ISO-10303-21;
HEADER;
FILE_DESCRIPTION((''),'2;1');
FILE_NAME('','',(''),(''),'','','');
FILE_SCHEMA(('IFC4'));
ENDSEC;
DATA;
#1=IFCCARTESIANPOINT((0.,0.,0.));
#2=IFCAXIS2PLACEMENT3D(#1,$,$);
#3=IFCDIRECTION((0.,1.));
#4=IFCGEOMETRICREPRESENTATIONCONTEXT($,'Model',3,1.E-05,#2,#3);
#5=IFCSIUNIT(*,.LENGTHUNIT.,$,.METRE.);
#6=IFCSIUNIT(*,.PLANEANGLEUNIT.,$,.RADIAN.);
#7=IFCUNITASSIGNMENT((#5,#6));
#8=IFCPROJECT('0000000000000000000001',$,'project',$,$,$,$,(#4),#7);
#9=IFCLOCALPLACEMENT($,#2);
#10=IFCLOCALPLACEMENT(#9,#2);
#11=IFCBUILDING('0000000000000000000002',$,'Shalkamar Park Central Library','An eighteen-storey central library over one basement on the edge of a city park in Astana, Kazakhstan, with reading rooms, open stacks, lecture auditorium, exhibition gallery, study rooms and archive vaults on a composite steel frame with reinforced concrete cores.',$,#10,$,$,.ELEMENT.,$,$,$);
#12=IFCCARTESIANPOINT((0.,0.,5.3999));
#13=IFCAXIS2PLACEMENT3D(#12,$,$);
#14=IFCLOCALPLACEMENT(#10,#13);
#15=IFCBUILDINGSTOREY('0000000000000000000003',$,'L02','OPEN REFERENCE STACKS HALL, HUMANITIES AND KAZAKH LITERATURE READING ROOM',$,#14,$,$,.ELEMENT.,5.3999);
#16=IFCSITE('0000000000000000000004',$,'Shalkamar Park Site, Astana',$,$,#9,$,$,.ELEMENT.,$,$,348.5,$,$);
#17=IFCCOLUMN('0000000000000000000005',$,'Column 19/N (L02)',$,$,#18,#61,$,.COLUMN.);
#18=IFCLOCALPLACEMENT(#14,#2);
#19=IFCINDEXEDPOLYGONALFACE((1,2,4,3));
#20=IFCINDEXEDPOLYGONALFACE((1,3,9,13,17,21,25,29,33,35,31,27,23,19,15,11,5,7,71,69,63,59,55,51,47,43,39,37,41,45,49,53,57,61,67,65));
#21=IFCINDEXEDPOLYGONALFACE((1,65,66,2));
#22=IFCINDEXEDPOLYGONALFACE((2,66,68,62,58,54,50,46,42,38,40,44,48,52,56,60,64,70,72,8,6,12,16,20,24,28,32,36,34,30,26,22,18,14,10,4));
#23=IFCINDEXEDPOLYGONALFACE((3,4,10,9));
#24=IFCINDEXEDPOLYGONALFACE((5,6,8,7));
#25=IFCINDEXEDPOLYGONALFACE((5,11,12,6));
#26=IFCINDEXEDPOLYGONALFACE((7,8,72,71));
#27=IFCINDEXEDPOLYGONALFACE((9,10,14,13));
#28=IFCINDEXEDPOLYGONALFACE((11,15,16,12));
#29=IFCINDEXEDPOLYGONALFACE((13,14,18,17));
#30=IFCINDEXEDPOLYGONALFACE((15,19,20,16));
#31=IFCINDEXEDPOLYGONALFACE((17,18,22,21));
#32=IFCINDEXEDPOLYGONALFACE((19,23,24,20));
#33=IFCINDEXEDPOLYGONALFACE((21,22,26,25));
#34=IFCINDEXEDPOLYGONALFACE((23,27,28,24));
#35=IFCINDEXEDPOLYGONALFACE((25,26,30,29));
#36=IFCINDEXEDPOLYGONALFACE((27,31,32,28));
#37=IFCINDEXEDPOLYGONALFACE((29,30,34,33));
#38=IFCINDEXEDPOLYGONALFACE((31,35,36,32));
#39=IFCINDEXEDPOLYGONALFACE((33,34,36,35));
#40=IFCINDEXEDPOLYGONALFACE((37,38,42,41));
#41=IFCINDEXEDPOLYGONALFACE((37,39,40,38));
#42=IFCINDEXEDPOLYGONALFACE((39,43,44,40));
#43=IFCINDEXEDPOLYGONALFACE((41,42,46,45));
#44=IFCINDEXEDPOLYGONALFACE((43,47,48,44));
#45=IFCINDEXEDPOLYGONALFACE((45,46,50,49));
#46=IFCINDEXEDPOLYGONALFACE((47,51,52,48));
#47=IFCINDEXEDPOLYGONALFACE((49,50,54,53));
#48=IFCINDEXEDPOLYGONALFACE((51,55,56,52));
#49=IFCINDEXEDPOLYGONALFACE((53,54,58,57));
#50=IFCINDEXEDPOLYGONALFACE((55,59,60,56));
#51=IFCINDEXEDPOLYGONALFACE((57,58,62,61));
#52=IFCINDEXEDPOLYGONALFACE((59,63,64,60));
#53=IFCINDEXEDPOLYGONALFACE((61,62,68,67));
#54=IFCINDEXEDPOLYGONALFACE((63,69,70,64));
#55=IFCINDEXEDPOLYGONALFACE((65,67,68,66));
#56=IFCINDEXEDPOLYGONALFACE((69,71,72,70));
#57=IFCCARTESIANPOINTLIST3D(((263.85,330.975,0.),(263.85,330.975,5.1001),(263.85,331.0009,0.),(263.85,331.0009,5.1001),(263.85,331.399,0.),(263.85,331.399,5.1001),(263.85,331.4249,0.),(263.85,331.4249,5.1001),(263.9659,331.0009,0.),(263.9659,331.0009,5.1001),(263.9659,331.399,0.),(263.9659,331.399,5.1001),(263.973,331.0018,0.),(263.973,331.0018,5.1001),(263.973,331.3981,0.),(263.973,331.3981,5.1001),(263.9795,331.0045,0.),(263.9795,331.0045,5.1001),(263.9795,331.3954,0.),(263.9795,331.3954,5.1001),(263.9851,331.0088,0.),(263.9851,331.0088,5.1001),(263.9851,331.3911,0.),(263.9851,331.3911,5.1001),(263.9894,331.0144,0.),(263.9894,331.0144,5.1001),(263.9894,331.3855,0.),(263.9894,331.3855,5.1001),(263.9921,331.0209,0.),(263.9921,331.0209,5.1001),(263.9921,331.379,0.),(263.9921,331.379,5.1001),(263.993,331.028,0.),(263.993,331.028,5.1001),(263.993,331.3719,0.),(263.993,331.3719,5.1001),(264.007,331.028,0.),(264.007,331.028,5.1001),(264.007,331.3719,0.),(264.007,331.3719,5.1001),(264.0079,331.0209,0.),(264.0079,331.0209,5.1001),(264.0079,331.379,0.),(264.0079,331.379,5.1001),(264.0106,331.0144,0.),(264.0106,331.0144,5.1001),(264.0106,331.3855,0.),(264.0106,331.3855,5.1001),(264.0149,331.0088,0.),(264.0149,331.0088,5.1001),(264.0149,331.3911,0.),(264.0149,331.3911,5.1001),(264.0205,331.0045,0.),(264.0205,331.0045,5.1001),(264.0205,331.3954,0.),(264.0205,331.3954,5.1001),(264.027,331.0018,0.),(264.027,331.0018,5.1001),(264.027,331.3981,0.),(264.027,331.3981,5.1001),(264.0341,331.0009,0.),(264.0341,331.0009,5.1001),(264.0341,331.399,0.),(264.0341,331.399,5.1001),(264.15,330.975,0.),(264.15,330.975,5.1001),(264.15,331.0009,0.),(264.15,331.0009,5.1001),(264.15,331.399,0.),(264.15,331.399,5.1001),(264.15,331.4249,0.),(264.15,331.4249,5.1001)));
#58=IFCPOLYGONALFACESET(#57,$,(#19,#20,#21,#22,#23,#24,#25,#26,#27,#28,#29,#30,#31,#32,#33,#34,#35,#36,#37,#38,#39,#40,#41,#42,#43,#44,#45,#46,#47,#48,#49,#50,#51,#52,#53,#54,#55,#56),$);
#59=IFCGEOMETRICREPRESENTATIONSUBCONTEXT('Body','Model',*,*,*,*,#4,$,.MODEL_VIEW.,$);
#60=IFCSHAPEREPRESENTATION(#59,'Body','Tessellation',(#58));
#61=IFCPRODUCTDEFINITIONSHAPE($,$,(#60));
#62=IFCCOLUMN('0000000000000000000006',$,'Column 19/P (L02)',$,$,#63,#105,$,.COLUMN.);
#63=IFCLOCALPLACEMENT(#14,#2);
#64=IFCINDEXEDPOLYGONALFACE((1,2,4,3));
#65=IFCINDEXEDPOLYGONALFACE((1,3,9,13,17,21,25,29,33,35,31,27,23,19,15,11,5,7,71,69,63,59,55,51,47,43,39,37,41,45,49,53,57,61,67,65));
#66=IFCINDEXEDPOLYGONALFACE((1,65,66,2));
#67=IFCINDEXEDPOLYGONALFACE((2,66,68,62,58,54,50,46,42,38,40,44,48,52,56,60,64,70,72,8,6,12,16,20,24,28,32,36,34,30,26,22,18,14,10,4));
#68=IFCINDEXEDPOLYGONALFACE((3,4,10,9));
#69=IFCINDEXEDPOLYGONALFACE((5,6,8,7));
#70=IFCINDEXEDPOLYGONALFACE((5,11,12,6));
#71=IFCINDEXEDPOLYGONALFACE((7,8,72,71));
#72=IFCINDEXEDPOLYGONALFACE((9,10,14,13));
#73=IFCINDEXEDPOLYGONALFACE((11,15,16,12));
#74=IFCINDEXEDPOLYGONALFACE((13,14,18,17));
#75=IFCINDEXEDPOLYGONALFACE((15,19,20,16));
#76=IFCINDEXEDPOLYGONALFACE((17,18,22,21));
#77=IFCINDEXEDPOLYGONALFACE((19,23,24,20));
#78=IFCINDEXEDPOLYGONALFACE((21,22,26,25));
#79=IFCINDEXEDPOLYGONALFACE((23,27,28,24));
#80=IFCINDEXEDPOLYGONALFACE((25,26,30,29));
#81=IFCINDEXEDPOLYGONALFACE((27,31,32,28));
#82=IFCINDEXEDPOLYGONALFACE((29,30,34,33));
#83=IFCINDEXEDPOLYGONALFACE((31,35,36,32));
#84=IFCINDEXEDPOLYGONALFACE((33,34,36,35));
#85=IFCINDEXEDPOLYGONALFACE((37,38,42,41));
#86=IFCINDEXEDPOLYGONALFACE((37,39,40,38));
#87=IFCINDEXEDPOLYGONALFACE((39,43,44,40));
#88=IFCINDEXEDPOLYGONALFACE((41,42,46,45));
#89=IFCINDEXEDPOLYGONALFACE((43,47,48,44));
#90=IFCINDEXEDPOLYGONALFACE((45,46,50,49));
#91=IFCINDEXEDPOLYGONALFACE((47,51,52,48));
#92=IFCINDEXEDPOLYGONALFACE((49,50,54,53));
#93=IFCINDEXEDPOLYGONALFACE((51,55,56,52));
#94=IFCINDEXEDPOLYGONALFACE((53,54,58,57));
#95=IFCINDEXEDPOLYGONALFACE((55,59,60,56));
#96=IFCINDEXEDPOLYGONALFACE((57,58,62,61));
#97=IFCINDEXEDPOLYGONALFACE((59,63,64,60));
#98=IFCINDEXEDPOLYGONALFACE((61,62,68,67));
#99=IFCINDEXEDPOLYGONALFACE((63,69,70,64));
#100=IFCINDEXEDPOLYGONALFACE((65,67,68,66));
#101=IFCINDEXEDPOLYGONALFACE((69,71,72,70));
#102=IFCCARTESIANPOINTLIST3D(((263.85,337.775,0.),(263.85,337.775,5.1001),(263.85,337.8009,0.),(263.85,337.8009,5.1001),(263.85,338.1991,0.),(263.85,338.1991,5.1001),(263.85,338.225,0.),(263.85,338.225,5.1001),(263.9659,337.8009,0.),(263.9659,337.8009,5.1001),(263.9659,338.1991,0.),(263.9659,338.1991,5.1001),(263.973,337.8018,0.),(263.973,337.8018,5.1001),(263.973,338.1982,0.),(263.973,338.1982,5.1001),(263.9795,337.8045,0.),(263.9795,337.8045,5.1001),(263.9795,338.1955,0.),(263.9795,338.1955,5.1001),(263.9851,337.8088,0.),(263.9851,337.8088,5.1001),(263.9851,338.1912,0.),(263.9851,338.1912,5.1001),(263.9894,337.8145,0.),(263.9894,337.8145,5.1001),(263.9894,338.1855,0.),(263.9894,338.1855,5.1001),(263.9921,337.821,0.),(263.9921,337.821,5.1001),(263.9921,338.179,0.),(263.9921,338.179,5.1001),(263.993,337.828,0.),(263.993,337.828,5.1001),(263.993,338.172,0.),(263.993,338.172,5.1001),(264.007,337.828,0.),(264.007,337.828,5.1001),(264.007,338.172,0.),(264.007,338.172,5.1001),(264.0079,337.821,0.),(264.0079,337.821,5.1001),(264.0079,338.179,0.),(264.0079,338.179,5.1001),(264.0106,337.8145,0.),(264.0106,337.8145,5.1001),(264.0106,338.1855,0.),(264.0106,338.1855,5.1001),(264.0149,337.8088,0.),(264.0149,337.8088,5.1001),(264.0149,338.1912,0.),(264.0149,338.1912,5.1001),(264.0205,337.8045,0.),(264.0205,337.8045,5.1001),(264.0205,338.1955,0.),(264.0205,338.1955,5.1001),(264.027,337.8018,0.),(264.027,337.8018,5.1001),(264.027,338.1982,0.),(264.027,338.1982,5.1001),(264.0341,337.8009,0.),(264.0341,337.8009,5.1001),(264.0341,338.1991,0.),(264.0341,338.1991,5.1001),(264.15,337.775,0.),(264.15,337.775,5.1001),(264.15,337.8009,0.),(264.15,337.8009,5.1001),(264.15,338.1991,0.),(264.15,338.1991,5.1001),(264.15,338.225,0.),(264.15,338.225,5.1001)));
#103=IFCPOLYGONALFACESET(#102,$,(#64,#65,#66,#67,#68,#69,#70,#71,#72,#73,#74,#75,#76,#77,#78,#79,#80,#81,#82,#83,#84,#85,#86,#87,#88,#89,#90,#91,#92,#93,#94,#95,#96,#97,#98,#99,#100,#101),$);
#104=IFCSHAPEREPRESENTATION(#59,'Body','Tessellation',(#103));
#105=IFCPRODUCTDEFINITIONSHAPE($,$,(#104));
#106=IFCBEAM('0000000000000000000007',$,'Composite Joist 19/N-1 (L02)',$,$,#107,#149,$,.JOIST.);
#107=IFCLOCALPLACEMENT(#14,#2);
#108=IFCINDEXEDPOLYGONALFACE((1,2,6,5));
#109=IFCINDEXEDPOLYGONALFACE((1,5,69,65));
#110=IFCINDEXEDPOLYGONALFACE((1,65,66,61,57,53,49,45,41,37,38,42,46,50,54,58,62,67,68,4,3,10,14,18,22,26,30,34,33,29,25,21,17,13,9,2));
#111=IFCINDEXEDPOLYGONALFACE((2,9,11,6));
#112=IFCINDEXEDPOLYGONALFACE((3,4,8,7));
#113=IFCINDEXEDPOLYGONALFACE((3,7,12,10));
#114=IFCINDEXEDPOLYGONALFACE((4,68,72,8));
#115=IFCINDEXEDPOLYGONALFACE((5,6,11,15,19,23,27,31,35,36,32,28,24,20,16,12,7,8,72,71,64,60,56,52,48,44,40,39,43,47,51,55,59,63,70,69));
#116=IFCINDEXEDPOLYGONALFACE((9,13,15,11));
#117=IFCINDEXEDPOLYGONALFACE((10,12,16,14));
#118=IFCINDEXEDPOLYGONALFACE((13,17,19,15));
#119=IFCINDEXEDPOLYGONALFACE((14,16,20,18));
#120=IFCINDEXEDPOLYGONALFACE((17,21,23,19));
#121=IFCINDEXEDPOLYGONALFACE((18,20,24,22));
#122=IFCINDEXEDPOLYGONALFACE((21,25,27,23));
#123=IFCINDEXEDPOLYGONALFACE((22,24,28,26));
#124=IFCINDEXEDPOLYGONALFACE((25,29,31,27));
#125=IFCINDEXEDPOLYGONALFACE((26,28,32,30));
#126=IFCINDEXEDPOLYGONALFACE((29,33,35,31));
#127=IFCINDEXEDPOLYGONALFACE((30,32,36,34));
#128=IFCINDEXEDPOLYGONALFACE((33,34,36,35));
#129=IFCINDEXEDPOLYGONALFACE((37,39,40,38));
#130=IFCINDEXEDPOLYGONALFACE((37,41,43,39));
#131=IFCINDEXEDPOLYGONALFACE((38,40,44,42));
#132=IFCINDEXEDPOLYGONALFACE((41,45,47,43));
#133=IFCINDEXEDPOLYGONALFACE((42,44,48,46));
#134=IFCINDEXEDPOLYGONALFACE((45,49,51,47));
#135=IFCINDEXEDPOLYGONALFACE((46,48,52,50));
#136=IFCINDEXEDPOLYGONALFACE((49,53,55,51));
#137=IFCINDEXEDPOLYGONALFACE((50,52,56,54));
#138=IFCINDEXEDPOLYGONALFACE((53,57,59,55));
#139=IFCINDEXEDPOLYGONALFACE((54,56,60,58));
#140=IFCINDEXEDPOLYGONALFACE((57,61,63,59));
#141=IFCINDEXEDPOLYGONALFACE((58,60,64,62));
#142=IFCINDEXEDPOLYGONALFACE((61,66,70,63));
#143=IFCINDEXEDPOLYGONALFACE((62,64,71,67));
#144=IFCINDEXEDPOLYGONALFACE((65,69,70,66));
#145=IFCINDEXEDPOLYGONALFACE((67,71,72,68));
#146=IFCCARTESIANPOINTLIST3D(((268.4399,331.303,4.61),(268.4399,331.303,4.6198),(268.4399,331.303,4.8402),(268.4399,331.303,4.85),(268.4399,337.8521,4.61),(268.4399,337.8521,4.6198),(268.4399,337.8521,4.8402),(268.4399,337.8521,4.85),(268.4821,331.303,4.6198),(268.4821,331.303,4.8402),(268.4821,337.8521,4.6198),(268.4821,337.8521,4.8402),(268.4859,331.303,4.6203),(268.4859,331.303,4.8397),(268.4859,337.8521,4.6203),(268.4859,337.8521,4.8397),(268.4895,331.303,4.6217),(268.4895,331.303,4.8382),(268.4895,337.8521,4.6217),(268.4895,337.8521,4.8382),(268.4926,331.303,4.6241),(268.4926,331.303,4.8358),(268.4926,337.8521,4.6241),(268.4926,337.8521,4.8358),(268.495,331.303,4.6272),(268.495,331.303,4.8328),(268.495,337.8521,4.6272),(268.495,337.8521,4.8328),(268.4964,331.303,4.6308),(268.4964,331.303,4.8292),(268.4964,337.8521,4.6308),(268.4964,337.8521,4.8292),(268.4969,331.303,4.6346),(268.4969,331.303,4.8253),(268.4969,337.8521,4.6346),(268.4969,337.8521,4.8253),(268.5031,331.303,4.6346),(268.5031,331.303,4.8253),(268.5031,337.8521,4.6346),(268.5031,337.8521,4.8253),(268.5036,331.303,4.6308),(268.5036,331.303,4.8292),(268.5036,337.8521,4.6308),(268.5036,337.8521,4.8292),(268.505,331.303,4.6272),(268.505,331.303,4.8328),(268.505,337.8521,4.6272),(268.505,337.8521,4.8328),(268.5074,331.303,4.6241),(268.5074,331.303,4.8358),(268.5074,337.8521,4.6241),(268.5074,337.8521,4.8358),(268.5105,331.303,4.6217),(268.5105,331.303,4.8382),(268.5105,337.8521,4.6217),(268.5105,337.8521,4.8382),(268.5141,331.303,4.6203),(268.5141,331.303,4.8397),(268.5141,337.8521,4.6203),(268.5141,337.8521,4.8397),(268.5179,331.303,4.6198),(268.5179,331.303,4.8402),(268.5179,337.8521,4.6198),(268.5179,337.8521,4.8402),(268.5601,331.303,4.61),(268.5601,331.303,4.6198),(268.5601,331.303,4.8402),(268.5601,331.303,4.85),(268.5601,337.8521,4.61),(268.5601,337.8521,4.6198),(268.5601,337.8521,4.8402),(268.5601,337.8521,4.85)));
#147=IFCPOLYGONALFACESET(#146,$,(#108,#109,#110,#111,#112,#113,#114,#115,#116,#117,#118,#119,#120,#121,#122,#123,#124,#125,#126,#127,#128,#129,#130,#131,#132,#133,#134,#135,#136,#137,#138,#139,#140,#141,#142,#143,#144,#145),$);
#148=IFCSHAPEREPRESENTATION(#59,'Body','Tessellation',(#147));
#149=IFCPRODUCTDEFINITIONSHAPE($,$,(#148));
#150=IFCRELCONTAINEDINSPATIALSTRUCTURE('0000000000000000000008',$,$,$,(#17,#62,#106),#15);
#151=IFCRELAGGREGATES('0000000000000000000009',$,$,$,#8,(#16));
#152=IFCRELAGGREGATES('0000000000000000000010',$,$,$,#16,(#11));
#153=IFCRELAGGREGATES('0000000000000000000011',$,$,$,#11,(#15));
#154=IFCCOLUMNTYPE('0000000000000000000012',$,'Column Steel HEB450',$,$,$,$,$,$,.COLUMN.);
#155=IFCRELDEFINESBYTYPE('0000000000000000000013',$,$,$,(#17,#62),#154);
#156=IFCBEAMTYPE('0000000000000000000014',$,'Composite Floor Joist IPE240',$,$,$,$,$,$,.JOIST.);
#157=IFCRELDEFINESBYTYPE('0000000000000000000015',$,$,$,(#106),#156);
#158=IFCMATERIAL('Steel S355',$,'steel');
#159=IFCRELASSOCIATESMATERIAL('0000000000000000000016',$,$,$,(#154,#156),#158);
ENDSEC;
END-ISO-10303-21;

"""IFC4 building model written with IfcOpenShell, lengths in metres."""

from ifc_helpers import new_model, si_unit, direction, frame, origin, origin_2d, place, context, subcontext, project, spatial, i_section, extrude, material, material_profile, profile_set, type_object, element, save


model = new_model("IFC4")

# Units and contexts
model_context = context("Model", 3, precision=1e-05, world=origin(), true_north=direction((0.0, 1.0)))
body_context = subcontext(model_context, "Body", "Model", "MODEL_VIEW")
ifc_project = project(units=[si_unit("LENGTHUNIT", "METRE"), si_unit("PLANEANGLEUNIT", "RADIAN")], contexts=[model_context])

# Site, building, storey
site_placement = place(None, origin())
site = spatial("IfcSite", under=ifc_project, at=site_placement, Name="Shalkamar Park Site, Astana", CompositionType="ELEMENT", RefElevation=348.5)
building_placement = place(site_placement, origin())
building = spatial("IfcBuilding", under=site, at=building_placement, Name="Shalkamar Park Central Library", Description="An eighteen-storey central library over one basement on the edge of a city park in Astana, Kazakhstan, with reading rooms, open stacks, lecture auditorium, exhibition gallery, study rooms and archive vaults on a composite steel frame with reinforced concrete cores.", CompositionType="ELEMENT")
storey_placement = place(building_placement, frame((0.0, 0.0, 5.3999)))
storey = spatial("IfcBuildingStorey", under=building, at=storey_placement, Name="L02", Description="OPEN REFERENCE STACKS HALL, HUMANITIES AND KAZAKH LITERATURE READING ROOM", CompositionType="ELEMENT", Elevation=5.3999)

# Columns
ifc_material_1 = material(Name="Steel S355", Category="steel")
ifc_material_profile_1 = material_profile(ifc_material_1, i_section(OverallWidth=0.3, OverallDepth=0.45, WebThickness=0.0139, FlangeThickness=0.0259, FilletRadius=0.0271, at=origin_2d()), Name="HEB 450")
ifc_profile_set_1 = profile_set([ifc_material_profile_1], Name="Steel S355")
column_type = type_object("IfcColumnType", Name="Column Steel HEB450", PredefinedType="COLUMN", material=ifc_profile_set_1)
for number, where, z_axis, x_axis, name in (
    (1, (264.0, 331.2, 0.0), (0.0, 0.0, 1.0), (1.0, 0.0, 0.0), "Column 19/N (L02)"),
    (2, (264.0, 338.0, 0.0), (0.0, 0.0, 1.0), (1.0, 0.0, 0.0), "Column 19/P (L02)"),
):
    element("IfcColumn", number, at=place(storey_placement, frame(where, z_axis=z_axis, x_axis=x_axis)), inside=storey, type_object=column_type, Name=name, PredefinedType="COLUMN", context=body_context, shape_type="SweptSolid", body=[
        extrude(i_section(OverallWidth=0.3, OverallDepth=0.45, WebThickness=0.0139, FlangeThickness=0.0259, FilletRadius=0.0271, at=origin_2d()), origin(), (0.0, 0.0, 1.0), 5.1001),
    ])

# Beam
ifc_material_profile_2 = material_profile(ifc_material_1, i_section(OverallWidth=0.1201, OverallDepth=0.24, WebThickness=0.0061, FlangeThickness=0.0098, FilletRadius=0.0149, at=origin_2d()), Name="IPE 240")
ifc_profile_set_2 = profile_set([ifc_material_profile_2], Name="Steel S355")
beam_type_1 = type_object("IfcBeamType", Name="Composite Floor Joist IPE240", PredefinedType="JOIST", material=ifc_profile_set_2)
beam_1_placement = place(storey_placement, frame((268.5, 331.303, 4.73), z_axis=(0.0, 1.0, 0.0), x_axis=(-1.0, 0.0, 0.0)))
element("IfcBeam", 3, at=beam_1_placement, inside=storey, type_object=beam_type_1, Name="Composite Joist 19/N-1 (L02)", PredefinedType="JOIST", context=body_context, shape_type="SweptSolid", body=[
    extrude(i_section(OverallWidth=0.1201, OverallDepth=0.24, WebThickness=0.0061, FlangeThickness=0.0098, FilletRadius=0.0149, at=origin_2d()), origin(), (0.0, 0.0, 1.0), 6.5491),
])

save(model, "model.ifc")
